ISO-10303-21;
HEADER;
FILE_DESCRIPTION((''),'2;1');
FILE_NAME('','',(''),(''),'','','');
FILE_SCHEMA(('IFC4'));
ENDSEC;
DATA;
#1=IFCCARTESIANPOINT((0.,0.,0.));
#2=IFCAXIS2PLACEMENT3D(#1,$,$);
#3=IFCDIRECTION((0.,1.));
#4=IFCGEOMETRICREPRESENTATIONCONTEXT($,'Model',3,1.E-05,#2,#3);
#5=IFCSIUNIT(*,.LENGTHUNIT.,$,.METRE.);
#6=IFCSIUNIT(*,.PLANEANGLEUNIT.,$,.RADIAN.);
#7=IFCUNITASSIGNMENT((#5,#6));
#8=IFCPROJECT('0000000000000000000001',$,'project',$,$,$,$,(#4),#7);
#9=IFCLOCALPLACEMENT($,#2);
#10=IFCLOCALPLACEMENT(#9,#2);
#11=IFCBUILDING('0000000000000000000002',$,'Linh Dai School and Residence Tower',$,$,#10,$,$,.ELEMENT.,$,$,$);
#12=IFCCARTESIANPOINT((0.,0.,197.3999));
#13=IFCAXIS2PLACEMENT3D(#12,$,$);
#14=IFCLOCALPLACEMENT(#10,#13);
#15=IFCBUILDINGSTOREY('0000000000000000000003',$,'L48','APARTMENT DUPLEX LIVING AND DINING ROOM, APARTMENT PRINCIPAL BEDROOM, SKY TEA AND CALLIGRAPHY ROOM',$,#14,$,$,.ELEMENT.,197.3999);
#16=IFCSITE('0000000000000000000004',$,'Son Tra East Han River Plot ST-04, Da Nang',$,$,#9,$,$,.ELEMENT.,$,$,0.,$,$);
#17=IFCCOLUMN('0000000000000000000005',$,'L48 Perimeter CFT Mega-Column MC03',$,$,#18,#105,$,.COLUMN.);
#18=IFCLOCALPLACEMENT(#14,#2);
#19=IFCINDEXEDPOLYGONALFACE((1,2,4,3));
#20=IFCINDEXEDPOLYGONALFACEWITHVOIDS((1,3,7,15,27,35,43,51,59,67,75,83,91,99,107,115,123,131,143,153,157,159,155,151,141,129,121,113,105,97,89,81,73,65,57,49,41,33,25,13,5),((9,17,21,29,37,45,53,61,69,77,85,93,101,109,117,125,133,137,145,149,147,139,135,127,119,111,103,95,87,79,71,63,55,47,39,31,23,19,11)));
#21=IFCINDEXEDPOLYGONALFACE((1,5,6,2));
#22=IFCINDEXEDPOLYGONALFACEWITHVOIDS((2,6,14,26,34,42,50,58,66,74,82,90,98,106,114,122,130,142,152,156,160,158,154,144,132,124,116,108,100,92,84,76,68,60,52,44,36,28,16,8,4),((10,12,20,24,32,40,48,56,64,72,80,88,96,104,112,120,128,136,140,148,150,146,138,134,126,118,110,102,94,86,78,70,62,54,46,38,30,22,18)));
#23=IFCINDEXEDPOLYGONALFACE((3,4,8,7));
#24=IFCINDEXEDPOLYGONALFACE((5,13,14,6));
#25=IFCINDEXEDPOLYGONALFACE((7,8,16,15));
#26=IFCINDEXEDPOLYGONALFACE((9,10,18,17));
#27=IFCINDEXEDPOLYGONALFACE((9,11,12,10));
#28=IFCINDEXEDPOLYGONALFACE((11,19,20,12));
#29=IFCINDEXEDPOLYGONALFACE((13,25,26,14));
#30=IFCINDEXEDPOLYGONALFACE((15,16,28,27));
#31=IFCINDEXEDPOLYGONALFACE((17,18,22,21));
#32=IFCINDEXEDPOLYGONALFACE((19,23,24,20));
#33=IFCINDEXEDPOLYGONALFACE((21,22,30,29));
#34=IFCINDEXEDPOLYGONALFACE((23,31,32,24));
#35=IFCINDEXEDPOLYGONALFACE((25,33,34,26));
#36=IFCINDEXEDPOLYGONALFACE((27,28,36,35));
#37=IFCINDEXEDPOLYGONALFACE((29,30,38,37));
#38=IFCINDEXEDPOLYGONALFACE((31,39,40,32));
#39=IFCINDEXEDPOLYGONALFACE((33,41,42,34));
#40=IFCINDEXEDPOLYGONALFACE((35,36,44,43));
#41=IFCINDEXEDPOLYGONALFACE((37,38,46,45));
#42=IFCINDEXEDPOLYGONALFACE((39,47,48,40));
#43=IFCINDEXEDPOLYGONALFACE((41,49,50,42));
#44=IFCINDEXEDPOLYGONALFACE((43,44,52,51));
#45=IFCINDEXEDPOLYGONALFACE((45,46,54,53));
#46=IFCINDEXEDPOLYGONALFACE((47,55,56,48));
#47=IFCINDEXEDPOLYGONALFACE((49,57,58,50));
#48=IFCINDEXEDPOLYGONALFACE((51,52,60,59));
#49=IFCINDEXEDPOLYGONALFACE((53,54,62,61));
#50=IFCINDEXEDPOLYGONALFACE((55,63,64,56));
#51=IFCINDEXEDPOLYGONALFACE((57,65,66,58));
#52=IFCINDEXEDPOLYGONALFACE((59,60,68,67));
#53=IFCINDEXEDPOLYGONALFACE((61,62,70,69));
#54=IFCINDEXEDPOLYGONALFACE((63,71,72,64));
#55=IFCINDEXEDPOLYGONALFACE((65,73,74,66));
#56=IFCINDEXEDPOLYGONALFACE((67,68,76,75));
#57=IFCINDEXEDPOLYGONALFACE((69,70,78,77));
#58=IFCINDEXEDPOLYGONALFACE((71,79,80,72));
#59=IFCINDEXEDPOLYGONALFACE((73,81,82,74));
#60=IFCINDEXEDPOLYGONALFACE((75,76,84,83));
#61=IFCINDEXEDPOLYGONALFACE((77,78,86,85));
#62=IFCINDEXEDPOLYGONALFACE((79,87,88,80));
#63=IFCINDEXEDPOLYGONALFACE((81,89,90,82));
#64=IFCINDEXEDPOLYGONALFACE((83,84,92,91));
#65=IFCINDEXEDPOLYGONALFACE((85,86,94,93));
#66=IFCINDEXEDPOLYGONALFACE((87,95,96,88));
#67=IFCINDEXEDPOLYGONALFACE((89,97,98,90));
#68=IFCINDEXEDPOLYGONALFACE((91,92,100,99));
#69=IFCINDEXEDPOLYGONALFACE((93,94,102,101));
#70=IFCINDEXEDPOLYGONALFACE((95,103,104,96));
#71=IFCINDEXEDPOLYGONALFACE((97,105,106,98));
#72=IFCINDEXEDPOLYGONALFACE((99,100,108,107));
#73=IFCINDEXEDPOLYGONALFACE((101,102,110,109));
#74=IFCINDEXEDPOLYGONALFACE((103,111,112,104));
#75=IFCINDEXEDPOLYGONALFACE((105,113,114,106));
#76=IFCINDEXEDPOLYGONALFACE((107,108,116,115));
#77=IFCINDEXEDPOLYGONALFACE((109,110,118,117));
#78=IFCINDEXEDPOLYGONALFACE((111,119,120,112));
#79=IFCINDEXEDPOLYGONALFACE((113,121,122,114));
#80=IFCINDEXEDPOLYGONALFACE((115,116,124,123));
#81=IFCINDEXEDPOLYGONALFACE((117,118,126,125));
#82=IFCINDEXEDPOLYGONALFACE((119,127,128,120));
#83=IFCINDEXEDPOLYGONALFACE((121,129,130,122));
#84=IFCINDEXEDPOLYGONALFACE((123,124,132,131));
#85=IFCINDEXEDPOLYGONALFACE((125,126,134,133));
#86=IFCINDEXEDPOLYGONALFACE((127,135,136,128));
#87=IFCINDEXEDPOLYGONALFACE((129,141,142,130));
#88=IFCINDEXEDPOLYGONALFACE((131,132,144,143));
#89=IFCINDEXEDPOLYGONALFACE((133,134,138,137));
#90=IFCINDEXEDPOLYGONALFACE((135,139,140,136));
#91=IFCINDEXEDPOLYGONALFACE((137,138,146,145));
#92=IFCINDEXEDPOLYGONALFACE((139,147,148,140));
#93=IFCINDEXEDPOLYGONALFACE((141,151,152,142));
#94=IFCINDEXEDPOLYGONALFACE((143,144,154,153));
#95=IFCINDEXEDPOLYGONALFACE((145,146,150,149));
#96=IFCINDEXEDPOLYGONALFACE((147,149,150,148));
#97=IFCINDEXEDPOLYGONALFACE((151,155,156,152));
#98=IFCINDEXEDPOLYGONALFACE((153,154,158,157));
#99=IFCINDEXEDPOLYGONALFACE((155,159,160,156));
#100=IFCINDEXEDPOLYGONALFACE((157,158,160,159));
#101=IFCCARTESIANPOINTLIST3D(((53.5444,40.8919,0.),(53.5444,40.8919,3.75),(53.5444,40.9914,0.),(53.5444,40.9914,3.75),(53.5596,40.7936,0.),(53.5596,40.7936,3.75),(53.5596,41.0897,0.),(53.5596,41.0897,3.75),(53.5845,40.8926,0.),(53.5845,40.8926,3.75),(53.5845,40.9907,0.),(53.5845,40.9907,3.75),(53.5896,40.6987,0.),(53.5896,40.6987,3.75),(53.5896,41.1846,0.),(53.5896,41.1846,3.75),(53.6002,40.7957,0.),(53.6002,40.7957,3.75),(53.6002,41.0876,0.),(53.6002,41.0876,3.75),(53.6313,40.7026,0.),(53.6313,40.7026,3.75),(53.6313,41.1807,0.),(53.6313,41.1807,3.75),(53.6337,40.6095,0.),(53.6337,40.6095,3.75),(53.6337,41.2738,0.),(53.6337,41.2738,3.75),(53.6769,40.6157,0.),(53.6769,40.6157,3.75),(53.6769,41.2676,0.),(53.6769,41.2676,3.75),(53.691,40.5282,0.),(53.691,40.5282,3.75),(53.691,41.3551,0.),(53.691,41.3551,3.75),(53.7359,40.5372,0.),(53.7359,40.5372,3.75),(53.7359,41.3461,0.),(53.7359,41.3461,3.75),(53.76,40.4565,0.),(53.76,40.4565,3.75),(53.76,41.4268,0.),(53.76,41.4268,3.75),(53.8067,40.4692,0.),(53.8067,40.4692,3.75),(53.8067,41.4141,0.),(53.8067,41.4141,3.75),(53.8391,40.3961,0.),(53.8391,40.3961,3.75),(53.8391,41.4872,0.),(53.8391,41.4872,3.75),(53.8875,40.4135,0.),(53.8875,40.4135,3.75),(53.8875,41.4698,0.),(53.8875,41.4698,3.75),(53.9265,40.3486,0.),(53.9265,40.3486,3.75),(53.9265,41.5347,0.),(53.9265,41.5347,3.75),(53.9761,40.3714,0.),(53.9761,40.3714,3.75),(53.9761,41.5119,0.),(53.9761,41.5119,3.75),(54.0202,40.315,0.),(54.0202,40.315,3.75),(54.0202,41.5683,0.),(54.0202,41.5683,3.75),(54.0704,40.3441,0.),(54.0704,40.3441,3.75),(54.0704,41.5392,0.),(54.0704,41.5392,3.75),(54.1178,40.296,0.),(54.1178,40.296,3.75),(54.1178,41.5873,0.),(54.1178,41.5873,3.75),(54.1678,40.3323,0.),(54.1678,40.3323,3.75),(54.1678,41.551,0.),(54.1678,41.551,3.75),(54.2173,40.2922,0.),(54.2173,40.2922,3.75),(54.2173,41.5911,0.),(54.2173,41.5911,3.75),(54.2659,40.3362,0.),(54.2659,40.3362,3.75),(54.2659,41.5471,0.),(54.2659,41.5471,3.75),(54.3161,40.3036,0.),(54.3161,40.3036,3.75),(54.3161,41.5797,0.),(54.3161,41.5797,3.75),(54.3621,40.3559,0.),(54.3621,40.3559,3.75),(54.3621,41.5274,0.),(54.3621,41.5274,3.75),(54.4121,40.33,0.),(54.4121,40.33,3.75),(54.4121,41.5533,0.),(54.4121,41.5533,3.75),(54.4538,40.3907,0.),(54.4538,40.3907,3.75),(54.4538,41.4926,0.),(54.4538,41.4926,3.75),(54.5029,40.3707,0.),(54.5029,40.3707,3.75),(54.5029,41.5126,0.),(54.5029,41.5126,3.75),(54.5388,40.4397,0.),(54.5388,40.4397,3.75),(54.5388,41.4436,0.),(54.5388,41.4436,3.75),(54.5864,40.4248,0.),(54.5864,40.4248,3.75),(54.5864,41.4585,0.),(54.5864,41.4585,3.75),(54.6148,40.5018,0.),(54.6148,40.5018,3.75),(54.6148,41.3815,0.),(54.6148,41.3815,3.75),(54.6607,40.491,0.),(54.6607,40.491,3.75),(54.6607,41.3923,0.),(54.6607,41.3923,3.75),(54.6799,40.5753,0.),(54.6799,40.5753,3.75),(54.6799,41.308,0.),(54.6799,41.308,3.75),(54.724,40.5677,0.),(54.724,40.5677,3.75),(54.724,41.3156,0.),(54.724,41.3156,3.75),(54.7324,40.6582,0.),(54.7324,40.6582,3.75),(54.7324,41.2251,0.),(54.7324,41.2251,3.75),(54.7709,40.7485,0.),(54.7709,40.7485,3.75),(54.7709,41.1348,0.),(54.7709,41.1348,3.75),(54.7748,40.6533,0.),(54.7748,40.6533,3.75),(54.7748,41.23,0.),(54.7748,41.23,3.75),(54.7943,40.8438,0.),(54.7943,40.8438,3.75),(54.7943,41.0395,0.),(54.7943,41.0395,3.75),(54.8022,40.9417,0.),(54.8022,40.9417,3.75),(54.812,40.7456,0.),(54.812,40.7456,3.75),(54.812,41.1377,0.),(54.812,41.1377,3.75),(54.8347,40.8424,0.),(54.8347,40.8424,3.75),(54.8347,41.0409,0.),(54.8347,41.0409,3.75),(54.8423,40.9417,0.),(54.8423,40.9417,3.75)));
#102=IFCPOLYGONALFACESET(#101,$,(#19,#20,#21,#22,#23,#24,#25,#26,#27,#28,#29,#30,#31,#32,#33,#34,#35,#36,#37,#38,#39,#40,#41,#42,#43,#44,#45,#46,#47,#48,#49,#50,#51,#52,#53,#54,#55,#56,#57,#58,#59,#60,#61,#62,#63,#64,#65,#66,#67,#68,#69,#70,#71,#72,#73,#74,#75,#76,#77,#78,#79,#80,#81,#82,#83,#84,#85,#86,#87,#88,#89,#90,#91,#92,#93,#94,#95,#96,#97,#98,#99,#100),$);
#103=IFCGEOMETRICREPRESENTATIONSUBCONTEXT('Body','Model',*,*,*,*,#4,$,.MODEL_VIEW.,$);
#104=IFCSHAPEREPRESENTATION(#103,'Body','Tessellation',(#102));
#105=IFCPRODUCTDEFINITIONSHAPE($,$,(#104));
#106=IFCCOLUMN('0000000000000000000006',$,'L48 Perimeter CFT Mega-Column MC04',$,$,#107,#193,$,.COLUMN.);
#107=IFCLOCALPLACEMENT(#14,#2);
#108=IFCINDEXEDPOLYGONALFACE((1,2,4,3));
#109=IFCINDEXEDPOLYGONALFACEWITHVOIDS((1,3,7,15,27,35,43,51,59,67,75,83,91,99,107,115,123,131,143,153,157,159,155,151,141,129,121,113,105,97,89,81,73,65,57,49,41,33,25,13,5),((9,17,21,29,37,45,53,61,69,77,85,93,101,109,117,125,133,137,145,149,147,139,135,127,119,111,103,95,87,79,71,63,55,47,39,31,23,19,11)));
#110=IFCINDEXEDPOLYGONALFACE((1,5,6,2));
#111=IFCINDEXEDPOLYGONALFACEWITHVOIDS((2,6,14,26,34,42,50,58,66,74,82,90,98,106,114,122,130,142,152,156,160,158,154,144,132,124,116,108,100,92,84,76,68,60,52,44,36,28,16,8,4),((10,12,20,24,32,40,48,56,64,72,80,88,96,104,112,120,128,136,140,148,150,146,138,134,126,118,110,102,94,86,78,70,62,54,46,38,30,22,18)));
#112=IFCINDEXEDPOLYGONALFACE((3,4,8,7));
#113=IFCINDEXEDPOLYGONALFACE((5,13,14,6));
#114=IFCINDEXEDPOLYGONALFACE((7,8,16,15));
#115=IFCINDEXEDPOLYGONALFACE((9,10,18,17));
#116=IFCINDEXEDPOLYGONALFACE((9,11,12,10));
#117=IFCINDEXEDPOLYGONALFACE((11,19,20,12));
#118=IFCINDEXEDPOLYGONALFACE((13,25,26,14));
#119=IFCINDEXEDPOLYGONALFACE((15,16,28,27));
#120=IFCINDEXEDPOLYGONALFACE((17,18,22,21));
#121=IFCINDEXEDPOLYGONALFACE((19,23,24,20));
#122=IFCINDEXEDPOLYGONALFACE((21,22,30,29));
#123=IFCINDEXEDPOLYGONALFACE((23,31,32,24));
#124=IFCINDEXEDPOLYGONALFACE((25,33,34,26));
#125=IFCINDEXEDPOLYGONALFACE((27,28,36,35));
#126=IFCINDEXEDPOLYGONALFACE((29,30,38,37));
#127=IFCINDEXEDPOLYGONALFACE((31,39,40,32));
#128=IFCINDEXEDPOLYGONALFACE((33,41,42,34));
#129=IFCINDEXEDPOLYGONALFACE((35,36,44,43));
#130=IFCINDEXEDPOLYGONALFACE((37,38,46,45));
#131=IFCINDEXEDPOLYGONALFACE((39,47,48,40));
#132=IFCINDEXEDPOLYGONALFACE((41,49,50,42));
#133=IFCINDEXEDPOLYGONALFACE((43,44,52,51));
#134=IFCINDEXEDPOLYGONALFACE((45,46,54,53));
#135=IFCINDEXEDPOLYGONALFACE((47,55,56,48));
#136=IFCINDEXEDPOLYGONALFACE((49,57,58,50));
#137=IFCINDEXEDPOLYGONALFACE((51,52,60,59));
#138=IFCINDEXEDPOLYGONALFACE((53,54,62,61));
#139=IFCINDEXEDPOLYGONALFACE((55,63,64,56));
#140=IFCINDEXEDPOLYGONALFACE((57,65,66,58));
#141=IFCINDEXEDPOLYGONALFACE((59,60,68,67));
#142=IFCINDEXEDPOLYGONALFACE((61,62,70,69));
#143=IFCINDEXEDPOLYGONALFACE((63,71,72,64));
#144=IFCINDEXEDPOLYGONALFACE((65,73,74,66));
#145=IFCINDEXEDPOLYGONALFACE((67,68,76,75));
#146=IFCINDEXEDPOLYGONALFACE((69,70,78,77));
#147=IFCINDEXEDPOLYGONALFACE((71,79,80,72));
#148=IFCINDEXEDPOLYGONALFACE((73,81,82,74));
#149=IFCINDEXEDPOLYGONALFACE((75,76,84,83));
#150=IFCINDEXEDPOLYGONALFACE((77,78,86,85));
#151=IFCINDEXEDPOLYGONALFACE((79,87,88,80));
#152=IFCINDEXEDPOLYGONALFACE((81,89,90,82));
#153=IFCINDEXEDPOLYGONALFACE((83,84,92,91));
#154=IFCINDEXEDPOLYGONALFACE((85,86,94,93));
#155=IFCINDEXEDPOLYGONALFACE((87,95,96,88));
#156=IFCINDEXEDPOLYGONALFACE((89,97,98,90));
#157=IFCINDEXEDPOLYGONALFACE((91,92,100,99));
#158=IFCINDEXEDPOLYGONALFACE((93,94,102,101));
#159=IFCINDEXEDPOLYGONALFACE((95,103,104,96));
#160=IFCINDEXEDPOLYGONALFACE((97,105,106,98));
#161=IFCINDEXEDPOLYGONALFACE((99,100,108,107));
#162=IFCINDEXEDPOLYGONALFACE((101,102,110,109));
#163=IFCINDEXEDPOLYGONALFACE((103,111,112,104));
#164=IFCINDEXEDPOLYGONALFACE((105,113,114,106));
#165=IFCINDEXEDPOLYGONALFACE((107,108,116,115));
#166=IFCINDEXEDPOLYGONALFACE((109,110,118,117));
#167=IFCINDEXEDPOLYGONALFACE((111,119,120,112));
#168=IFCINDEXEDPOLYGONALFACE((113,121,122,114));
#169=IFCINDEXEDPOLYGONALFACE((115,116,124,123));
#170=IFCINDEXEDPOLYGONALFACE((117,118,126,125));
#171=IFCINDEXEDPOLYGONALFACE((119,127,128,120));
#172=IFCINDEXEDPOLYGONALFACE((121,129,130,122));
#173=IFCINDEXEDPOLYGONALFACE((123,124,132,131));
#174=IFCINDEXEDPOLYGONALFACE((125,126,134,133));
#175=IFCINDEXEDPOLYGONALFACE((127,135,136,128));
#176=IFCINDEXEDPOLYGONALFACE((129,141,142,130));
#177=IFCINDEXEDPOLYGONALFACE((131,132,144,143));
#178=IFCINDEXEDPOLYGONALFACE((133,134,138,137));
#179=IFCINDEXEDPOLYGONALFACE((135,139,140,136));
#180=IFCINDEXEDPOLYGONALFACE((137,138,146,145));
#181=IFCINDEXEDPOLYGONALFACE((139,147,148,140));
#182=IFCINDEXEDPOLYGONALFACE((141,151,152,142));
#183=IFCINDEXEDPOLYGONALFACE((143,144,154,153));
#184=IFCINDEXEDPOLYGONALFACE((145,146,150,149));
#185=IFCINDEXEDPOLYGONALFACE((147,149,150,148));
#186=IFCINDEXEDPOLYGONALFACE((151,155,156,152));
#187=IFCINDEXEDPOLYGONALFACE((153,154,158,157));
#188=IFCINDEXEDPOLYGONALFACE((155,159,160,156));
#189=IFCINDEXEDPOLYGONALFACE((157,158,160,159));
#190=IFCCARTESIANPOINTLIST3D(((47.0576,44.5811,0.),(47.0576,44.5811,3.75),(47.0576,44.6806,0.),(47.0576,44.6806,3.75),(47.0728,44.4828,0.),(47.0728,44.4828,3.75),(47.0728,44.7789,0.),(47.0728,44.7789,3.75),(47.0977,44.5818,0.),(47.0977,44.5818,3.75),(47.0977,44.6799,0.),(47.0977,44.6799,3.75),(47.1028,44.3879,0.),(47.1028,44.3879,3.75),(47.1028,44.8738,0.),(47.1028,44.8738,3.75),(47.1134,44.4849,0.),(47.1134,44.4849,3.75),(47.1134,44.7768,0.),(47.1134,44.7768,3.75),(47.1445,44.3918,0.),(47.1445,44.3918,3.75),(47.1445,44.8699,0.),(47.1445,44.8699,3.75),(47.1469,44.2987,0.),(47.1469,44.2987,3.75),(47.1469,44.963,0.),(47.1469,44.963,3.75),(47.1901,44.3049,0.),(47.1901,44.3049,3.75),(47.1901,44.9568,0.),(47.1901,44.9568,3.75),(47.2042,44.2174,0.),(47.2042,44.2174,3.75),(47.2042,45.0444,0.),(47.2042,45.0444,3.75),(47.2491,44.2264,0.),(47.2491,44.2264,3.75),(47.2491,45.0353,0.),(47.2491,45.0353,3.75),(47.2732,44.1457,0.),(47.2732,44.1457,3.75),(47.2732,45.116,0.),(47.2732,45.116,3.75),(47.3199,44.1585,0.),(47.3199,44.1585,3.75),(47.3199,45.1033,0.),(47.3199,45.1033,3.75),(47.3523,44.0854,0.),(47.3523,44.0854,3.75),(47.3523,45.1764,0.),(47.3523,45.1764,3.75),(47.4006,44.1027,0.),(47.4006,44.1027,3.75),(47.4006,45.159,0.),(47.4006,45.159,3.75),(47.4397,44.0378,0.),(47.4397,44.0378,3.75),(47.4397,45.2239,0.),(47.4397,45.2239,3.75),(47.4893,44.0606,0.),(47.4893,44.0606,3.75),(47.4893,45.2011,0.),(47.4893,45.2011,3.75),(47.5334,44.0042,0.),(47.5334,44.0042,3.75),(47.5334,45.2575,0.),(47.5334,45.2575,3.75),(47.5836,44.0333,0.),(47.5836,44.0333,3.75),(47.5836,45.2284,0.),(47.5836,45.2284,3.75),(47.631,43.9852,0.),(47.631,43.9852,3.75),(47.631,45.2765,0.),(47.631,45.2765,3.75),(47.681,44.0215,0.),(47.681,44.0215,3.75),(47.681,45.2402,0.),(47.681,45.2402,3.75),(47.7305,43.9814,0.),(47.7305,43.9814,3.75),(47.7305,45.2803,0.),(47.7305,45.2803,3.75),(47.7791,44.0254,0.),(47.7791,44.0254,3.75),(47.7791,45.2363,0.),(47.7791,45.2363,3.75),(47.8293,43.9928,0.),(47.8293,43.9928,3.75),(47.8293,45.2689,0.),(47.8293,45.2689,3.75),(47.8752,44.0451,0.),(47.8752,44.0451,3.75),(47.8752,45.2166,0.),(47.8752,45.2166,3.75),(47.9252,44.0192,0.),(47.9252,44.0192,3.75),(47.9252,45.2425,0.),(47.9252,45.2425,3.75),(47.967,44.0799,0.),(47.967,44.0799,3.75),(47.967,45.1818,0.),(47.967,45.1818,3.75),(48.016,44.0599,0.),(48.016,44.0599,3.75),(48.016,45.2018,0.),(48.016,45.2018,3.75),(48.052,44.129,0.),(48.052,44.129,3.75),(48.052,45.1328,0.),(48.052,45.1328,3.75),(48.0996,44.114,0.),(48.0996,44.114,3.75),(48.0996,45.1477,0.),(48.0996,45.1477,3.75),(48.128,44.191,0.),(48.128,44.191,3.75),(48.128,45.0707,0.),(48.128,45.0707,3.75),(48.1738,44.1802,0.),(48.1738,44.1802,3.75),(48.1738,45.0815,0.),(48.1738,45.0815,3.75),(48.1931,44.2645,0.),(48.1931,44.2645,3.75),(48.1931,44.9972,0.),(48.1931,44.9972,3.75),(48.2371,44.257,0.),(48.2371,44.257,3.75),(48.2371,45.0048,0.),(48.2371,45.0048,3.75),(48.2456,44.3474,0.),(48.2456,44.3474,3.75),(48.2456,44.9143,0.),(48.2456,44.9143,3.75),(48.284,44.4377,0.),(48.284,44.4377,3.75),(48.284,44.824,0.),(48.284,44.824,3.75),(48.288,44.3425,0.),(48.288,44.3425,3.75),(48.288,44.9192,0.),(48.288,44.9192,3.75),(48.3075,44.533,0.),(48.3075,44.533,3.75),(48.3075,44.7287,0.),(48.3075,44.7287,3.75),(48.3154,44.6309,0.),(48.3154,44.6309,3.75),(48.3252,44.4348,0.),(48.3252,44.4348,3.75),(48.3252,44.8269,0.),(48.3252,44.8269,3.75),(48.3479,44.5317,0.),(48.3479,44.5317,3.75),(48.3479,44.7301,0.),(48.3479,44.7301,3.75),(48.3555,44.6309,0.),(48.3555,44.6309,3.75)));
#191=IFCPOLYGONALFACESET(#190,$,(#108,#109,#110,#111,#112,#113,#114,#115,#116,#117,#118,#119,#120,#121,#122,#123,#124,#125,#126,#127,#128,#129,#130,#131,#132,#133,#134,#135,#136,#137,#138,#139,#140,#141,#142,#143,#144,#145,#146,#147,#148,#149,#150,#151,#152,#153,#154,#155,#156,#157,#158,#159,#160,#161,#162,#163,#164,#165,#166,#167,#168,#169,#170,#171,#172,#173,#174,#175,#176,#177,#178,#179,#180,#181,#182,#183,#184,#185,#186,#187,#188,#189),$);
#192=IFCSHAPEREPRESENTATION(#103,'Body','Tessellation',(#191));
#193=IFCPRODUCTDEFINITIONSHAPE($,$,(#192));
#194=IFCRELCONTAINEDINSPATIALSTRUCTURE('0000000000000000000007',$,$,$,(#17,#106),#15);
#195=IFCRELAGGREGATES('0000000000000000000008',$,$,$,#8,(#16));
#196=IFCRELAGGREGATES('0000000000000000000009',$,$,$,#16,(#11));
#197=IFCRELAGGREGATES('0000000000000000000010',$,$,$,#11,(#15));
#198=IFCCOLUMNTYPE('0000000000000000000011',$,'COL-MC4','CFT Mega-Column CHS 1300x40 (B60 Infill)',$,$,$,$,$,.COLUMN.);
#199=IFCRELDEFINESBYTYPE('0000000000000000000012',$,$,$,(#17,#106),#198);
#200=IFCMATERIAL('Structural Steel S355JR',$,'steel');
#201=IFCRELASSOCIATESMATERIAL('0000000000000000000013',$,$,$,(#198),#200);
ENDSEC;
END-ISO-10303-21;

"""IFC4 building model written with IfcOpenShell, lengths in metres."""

from ifc_helpers import new_model, si_unit, direction, frame, origin, origin_2d, place, context, subcontext, project, spatial, hollow_circle, extrude, material, material_profile, profile_set, type_object, element, save


model = new_model("IFC4")

# Units and contexts
model_context = context("Model", 3, precision=1e-05, world=origin(), true_north=direction((0.0, 1.0)))
body_context = subcontext(model_context, "Body", "Model", "MODEL_VIEW")
ifc_project = project(units=[si_unit("LENGTHUNIT", "METRE"), si_unit("PLANEANGLEUNIT", "RADIAN")], contexts=[model_context])

# Site, building, storey
site_placement = place(None, origin())
site = spatial("IfcSite", under=ifc_project, at=site_placement, Name="Son Tra East Han River Plot ST-04, Da Nang", CompositionType="ELEMENT", RefElevation=0.0)
building_placement = place(site_placement, origin())
building = spatial("IfcBuilding", under=site, at=building_placement, Name="Linh Dai School and Residence Tower", CompositionType="ELEMENT")
storey_placement = place(building_placement, frame((0.0, 0.0, 197.3999)))
storey = spatial("IfcBuildingStorey", under=building, at=storey_placement, Name="L48", Description="APARTMENT DUPLEX LIVING AND DINING ROOM, APARTMENT PRINCIPAL BEDROOM, SKY TEA AND CALLIGRAPHY ROOM", CompositionType="ELEMENT", Elevation=197.3999)

# Columns
ifc_material_1 = material(Name="Structural Steel S355JR", Category="steel")
ifc_material_profile_1 = material_profile(ifc_material_1, hollow_circle(Radius=0.6499, WallThickness=0.04, at=origin_2d()), Name="CHS 1300x40")
ifc_profile_set_1 = profile_set([ifc_material_profile_1], Name="Structural Steel S355JR")
column_type = type_object("IfcColumnType", Name="COL-MC4", Description="CFT Mega-Column CHS 1300x40 (B60 Infill)", PredefinedType="COLUMN", material=ifc_profile_set_1)
for number, where, z_axis, x_axis, name in (
    (1, (54.1924, 40.9417, 0.0), (0.0, 0.0, 1.0), (1.0, 0.0, 0.0), "L48 Perimeter CFT Mega-Column MC03"),
    (2, (47.7056, 44.6309, 0.0), (0.0, 0.0, 1.0), (1.0, 0.0, 0.0), "L48 Perimeter CFT Mega-Column MC04"),
):
    element("IfcColumn", number, at=place(storey_placement, frame(where, z_axis=z_axis, x_axis=x_axis)), inside=storey, type_object=column_type, Name=name, PredefinedType="COLUMN", context=body_context, shape_type="SweptSolid", body=[
        extrude(hollow_circle(Radius=0.6499, WallThickness=0.04, at=origin_2d()), origin(), (0.0, 0.0, 1.0), 3.75),
    ])

save(model, "model.ifc")
